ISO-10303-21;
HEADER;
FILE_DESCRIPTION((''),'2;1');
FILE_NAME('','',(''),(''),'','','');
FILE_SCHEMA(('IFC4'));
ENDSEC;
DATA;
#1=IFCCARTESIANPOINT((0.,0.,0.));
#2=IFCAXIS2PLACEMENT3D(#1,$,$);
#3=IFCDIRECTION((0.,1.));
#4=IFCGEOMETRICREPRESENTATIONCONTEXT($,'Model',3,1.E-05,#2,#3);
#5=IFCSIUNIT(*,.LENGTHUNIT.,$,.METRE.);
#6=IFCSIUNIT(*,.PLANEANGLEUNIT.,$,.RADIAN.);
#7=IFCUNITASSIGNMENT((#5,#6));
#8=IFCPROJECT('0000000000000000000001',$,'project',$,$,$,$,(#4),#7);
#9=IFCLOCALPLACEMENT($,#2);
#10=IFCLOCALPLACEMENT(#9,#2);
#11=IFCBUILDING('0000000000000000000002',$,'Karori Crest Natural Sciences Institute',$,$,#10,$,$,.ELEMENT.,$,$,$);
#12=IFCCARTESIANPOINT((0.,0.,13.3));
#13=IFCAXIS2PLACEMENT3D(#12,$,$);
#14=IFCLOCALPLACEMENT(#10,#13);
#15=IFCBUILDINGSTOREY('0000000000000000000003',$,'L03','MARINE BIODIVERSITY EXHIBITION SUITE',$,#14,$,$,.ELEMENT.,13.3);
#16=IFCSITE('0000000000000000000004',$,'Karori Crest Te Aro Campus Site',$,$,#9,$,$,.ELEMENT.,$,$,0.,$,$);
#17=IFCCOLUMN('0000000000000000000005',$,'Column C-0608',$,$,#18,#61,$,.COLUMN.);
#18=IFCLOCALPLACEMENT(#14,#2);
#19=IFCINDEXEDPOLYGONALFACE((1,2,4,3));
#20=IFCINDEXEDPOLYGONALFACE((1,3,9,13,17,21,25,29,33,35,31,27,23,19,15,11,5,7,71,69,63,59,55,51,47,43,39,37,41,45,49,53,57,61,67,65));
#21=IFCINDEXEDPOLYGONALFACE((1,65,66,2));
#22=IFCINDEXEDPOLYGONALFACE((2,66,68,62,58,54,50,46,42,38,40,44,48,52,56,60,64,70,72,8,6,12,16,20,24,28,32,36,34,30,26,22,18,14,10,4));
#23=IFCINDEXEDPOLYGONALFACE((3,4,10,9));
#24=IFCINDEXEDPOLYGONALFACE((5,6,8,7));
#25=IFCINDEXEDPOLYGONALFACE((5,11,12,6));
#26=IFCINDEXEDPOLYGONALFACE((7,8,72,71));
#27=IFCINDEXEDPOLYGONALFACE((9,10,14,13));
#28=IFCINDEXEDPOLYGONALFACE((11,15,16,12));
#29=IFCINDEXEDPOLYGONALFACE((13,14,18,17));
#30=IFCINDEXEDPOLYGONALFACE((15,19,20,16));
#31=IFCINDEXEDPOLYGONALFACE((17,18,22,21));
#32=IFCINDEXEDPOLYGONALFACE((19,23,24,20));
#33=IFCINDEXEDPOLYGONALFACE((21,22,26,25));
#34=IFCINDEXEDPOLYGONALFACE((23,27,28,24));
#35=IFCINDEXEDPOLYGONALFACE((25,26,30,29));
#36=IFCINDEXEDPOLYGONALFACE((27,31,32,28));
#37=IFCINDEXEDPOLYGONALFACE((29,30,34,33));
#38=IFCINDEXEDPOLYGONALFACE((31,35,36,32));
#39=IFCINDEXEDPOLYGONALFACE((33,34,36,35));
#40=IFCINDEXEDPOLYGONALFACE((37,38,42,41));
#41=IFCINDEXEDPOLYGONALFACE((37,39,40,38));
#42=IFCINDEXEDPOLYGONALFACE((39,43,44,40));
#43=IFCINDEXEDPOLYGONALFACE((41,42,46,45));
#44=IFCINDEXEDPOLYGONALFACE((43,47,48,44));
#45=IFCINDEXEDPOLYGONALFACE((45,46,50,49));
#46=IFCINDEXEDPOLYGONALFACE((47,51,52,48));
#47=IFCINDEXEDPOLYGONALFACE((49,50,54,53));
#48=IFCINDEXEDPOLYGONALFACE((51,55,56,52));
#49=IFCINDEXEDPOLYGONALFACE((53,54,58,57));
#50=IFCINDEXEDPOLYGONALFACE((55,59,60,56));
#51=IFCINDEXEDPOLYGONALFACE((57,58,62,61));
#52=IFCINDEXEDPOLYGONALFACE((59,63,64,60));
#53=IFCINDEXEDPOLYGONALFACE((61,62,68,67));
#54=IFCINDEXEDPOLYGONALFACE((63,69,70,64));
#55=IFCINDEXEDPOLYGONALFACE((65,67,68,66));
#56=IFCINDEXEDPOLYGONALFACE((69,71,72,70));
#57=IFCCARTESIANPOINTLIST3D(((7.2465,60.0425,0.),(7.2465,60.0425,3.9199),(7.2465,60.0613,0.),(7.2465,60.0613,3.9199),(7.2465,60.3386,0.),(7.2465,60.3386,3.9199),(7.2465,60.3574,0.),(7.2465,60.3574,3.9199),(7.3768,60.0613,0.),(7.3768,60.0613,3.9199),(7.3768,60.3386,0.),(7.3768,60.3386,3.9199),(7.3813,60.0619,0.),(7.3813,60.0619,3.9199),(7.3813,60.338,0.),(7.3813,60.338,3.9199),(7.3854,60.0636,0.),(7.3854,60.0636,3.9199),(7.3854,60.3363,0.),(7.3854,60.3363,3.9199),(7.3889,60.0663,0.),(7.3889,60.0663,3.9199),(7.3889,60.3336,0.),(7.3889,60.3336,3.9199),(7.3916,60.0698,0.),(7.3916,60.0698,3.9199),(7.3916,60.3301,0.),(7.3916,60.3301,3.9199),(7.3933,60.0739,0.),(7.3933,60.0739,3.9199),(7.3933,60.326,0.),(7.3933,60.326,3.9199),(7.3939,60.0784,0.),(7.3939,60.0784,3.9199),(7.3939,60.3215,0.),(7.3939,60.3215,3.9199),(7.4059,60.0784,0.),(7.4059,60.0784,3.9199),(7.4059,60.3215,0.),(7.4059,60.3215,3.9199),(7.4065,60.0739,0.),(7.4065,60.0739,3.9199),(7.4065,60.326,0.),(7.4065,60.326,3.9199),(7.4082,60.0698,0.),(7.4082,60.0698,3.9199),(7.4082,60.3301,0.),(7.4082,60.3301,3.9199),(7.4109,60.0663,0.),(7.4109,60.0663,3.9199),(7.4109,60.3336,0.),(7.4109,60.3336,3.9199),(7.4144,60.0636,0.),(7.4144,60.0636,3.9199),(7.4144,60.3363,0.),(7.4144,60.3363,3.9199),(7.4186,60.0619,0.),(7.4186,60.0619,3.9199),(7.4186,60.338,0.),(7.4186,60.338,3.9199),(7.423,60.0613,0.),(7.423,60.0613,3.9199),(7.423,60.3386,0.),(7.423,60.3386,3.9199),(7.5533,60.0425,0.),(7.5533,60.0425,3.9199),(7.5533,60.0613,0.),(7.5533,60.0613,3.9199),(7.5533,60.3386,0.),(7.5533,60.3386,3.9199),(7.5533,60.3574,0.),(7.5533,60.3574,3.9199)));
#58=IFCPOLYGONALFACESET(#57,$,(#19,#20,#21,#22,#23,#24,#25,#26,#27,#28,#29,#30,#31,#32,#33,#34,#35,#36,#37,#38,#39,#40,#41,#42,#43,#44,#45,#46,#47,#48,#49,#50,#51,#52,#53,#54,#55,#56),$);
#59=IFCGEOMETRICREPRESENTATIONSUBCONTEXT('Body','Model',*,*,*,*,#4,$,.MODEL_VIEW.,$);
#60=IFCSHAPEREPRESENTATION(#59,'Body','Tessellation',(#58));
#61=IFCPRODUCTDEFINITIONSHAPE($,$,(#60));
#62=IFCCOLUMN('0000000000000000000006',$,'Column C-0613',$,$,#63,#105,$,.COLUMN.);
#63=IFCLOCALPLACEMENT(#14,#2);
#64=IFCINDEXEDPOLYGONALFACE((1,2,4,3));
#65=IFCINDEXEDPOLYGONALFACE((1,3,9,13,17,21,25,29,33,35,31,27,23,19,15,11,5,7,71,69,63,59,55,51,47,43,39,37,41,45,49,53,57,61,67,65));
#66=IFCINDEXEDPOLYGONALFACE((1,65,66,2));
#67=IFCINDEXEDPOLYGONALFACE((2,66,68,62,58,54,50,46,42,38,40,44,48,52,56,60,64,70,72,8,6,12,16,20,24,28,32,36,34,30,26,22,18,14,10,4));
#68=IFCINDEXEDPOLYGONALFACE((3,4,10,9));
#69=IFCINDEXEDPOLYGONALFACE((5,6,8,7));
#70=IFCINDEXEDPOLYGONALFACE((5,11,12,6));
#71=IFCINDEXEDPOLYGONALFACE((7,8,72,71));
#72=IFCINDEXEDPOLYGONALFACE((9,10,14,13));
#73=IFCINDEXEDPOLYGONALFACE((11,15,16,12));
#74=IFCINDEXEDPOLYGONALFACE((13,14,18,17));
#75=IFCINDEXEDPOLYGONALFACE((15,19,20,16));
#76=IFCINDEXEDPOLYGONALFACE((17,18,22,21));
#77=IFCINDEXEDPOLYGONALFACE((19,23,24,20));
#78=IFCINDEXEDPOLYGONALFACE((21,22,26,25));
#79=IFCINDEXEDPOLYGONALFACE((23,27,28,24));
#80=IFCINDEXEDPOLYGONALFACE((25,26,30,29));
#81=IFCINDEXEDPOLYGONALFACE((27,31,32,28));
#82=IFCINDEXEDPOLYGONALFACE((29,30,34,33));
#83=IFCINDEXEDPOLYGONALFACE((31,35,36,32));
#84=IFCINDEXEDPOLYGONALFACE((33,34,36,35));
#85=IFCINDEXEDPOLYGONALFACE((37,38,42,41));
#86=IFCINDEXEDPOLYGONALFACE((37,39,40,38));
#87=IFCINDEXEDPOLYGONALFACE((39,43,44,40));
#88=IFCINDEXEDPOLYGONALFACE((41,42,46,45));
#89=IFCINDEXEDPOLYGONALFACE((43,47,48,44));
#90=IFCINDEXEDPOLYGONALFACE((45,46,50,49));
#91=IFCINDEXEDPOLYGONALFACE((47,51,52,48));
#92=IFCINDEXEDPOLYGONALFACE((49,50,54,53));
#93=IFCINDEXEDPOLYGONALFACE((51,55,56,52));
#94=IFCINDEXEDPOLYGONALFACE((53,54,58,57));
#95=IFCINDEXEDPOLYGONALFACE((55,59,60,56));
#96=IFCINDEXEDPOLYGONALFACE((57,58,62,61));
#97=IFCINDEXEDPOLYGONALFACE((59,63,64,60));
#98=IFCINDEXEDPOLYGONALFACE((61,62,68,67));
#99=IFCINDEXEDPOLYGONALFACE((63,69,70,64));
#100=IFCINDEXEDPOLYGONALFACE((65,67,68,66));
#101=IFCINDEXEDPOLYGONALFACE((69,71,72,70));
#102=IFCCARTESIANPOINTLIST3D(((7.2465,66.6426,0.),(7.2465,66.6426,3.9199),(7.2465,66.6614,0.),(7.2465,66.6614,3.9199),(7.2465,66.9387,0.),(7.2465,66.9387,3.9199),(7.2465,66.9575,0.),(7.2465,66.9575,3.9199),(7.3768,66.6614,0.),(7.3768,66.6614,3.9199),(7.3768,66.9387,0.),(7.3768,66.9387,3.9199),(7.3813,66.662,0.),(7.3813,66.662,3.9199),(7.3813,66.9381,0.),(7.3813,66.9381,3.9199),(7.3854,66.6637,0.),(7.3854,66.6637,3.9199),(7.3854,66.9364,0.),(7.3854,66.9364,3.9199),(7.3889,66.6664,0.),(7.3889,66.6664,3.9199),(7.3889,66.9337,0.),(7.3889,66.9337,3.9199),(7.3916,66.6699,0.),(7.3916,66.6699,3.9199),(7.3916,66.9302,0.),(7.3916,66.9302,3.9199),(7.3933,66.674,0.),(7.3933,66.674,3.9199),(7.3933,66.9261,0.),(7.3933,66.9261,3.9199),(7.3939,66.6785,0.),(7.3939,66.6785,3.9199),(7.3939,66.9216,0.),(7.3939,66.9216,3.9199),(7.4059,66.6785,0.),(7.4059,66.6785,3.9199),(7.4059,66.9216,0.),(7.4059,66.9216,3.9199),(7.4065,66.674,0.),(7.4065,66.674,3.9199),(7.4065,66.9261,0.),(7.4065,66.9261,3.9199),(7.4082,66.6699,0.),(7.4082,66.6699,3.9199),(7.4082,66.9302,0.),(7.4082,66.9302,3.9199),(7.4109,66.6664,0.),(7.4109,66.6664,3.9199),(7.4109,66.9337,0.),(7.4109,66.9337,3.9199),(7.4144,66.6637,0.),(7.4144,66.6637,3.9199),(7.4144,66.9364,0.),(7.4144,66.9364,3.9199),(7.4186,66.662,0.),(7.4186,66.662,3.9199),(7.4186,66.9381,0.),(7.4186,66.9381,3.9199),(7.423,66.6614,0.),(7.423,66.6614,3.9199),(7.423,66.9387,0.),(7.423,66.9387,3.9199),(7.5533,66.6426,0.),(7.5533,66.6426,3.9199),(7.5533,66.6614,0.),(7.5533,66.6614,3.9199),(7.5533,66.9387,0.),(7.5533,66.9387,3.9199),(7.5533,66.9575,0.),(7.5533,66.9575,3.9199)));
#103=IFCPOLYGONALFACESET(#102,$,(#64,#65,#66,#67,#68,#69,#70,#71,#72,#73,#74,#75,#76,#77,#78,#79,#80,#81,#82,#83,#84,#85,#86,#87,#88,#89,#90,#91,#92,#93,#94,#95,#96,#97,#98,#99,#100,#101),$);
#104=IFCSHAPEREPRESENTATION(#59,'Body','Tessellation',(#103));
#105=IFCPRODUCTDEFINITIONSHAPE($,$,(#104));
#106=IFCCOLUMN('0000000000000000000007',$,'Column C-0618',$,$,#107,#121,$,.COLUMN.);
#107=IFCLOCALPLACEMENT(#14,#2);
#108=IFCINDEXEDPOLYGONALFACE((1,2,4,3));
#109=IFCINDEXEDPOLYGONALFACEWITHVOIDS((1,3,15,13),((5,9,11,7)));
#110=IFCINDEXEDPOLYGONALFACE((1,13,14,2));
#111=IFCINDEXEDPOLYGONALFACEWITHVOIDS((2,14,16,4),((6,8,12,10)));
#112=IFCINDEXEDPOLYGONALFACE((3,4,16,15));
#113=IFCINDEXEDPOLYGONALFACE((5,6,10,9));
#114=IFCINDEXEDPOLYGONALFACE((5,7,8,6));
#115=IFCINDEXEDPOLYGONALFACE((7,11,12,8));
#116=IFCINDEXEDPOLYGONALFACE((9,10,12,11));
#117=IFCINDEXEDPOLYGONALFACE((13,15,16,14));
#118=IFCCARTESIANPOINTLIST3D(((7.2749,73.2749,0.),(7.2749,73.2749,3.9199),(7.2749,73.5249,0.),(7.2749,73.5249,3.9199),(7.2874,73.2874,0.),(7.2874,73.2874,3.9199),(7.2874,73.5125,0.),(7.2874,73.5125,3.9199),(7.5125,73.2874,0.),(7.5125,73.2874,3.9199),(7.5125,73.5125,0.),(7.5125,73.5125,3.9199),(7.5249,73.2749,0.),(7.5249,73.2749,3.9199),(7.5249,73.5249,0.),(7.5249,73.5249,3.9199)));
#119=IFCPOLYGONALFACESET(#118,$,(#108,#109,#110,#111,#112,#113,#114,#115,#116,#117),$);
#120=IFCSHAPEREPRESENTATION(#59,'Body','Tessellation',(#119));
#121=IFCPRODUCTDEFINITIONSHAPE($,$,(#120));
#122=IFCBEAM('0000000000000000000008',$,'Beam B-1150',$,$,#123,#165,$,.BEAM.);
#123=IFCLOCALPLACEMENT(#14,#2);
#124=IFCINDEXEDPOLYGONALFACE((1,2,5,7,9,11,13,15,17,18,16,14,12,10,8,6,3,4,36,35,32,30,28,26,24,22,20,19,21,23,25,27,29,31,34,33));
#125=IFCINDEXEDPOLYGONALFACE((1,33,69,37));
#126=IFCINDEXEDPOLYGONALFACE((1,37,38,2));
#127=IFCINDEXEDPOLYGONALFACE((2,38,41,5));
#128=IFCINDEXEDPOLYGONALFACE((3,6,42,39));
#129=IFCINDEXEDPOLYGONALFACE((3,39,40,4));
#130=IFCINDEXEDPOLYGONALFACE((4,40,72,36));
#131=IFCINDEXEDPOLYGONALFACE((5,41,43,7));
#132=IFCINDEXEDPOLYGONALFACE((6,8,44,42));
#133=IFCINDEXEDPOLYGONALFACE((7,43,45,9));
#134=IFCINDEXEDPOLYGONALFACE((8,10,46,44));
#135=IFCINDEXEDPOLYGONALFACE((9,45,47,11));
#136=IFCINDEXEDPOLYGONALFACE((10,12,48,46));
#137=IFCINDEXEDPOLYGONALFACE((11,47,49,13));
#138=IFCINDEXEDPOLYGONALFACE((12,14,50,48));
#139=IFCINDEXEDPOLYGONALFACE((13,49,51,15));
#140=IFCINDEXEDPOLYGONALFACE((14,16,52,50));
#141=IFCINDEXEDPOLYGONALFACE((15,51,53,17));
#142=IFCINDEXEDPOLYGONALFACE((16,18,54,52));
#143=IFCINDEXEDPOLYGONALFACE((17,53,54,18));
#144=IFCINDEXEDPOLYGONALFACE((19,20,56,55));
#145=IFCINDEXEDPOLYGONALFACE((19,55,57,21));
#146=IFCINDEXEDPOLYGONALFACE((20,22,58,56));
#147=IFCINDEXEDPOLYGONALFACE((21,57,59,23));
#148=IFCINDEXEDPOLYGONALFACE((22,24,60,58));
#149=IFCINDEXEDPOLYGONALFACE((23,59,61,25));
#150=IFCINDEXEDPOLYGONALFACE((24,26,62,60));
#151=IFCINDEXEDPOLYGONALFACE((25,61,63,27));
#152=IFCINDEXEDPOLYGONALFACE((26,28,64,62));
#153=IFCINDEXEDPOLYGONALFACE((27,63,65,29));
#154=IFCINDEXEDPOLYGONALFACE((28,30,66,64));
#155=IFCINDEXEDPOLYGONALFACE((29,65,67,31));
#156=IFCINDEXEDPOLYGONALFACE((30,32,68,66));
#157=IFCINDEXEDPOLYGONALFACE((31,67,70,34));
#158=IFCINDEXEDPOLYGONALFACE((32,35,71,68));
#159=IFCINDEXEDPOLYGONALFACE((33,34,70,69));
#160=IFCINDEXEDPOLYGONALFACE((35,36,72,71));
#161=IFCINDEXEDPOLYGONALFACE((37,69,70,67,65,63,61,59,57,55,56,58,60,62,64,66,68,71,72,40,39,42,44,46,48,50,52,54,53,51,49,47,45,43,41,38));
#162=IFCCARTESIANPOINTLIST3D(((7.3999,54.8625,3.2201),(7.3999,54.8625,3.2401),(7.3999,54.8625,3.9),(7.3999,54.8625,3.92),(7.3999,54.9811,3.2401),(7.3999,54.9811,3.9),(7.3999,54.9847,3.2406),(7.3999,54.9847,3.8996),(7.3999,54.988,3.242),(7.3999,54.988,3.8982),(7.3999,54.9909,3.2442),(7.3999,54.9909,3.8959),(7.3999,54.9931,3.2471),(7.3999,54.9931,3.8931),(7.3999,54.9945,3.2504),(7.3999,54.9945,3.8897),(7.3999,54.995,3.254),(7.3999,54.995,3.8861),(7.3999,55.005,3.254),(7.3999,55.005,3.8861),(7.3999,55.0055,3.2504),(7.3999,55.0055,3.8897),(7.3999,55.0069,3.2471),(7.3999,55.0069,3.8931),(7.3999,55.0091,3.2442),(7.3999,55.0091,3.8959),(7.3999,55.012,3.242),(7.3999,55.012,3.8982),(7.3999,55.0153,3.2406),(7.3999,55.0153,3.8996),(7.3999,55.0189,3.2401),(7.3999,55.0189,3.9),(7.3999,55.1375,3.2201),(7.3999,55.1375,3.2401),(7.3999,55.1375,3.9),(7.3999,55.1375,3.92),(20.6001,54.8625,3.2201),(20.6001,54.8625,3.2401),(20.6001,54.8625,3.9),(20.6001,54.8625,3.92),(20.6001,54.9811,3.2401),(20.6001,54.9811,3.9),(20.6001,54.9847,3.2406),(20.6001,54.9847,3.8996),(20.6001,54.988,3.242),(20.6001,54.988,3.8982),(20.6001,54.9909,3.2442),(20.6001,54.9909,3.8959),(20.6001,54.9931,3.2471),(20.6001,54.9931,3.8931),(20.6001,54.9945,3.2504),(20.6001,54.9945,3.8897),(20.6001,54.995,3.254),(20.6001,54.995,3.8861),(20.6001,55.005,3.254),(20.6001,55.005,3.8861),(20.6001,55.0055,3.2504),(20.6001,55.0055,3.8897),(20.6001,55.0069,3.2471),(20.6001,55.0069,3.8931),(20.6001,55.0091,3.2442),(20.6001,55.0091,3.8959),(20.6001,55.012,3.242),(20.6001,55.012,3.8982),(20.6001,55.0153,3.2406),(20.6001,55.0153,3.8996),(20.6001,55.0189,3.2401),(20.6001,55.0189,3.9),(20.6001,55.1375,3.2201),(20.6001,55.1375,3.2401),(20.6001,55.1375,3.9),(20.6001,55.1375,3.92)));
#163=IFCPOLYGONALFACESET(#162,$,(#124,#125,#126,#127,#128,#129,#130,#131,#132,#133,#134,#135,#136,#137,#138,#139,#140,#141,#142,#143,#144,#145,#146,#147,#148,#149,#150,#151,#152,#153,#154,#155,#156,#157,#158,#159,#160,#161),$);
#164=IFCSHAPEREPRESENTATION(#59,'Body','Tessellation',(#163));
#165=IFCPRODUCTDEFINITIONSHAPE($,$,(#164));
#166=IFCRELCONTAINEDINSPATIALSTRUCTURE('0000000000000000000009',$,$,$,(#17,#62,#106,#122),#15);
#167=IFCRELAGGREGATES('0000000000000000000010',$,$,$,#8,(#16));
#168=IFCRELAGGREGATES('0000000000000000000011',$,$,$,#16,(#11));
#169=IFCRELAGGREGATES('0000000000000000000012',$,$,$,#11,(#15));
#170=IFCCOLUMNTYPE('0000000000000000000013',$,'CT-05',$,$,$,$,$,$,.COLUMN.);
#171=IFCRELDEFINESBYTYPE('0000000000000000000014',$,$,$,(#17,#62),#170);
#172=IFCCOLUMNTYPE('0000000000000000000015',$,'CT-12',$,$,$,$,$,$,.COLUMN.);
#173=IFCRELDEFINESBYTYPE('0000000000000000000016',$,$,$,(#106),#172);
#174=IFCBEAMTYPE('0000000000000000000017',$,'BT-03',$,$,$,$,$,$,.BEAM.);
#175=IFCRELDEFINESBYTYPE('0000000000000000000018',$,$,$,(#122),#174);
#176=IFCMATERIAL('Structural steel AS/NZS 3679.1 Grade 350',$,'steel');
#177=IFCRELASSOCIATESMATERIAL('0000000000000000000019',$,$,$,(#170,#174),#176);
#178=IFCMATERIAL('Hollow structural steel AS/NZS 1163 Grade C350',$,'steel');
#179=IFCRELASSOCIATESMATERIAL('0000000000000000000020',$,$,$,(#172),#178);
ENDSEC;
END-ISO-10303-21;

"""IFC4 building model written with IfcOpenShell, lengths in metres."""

from ifc_helpers import new_model, si_unit, direction, frame, origin, origin_2d, place, context, subcontext, project, spatial, hollow_rectangle, i_section, extrude, material, material_profile, profile_set, type_object, element, save


model = new_model("IFC4")

# Units and contexts
model_context = context("Model", 3, precision=1e-05, world=origin(), true_north=direction((0.0, 1.0)))
body_context = subcontext(model_context, "Body", "Model", "MODEL_VIEW")
ifc_project = project(units=[si_unit("LENGTHUNIT", "METRE"), si_unit("PLANEANGLEUNIT", "RADIAN")], contexts=[model_context])

# Site, building, storey
site_placement = place(None, origin())
site = spatial("IfcSite", under=ifc_project, at=site_placement, Name="Karori Crest Te Aro Campus Site", CompositionType="ELEMENT", RefElevation=0.0)
building_placement = place(site_placement, origin())
building = spatial("IfcBuilding", under=site, at=building_placement, Name="Karori Crest Natural Sciences Institute", CompositionType="ELEMENT")
storey_placement = place(building_placement, frame((0.0, 0.0, 13.3)))
storey = spatial("IfcBuildingStorey", under=building, at=storey_placement, Name="L03", Description="MARINE BIODIVERSITY EXHIBITION SUITE", CompositionType="ELEMENT", Elevation=13.3)

# Columns
ifc_material_1 = material(Name="Structural steel AS/NZS 3679.1 Grade 350", Category="steel")
ifc_material_profile_1 = material_profile(ifc_material_1, i_section(OverallWidth=0.3069, OverallDepth=0.3149, WebThickness=0.012, FlangeThickness=0.0188, FilletRadius=0.0171, at=origin_2d()), Name="310UC118")
ifc_profile_set_1 = profile_set([ifc_material_profile_1], Name="Structural steel AS/NZS 3679.1 Grade 350")
column_type_1 = type_object("IfcColumnType", Name="CT-05", PredefinedType="COLUMN", material=ifc_profile_set_1)
for number, where, z_axis, x_axis, name in (
    (1, (7.3999, 60.2, 0.0), (0.0, 0.0, 1.0), (1.0, 0.0, 0.0), "Column C-0608"),
    (2, (7.3999, 66.8, 0.0), (0.0, 0.0, 1.0), (1.0, 0.0, 0.0), "Column C-0613"),
):
    element("IfcColumn", number, at=place(storey_placement, frame(where, z_axis=z_axis, x_axis=x_axis)), inside=storey, type_object=column_type_1, Name=name, PredefinedType="COLUMN", context=body_context, shape_type="SweptSolid", body=[
        extrude(i_section(OverallWidth=0.3069, OverallDepth=0.3149, WebThickness=0.012, FlangeThickness=0.0188, FilletRadius=0.0171, at=origin_2d()), origin(), (0.0, 0.0, 1.0), 3.9199),
    ])
ifc_material_2 = material(Name="Hollow structural steel AS/NZS 1163 Grade C350", Category="steel")
ifc_material_profile_2 = material_profile(ifc_material_2, hollow_rectangle(XDim=0.25, YDim=0.25, WallThickness=0.0125, at=origin_2d()), Name="SHS250x250x12.5")
ifc_profile_set_2 = profile_set([ifc_material_profile_2], Name="Hollow structural steel AS/NZS 1163 Grade C350")
column_type_2 = type_object("IfcColumnType", Name="CT-12", PredefinedType="COLUMN", material=ifc_profile_set_2)
column_placement = place(storey_placement, frame((7.3999, 73.3999, 0.0), z_axis=(0.0, 0.0, 1.0), x_axis=(1.0, 0.0, 0.0)))
element("IfcColumn", 3, at=column_placement, inside=storey, type_object=column_type_2, Name="Column C-0618", PredefinedType="COLUMN", context=body_context, shape_type="SweptSolid", body=[
    extrude(hollow_rectangle(XDim=0.25, YDim=0.25, WallThickness=0.0125, at=origin_2d()), origin(), (0.0, 0.0, 1.0), 3.9199),
])

# Beam
ifc_material_profile_3 = material_profile(ifc_material_1, i_section(OverallWidth=0.2749, OverallDepth=0.7, WebThickness=0.01, FlangeThickness=0.02, FilletRadius=0.0139, at=origin_2d()), Name="700WB150")
ifc_profile_set_3 = profile_set([ifc_material_profile_3], Name="Structural steel AS/NZS 3679.1 Grade 350")
beam_type_1 = type_object("IfcBeamType", Name="BT-03", PredefinedType="BEAM", material=ifc_profile_set_3)
for number, where, z_axis, x_axis, name in (
    (4, (7.3999, 55.0, 3.5701), (1.0, 0.0, 0.0), (0.0, 1.0, 0.0), "Beam B-1150"),
):
    element("IfcBeam", number, at=place(storey_placement, frame(where, z_axis=z_axis, x_axis=x_axis)), inside=storey, type_object=beam_type_1, Name=name, PredefinedType="BEAM", context=body_context, shape_type="SweptSolid", body=[
        extrude(i_section(OverallWidth=0.2749, OverallDepth=0.7, WebThickness=0.01, FlangeThickness=0.02, FilletRadius=0.0139, at=origin_2d()), origin(), (0.0, 0.0, 1.0), 13.2002),
    ])

save(model, "model.ifc")
